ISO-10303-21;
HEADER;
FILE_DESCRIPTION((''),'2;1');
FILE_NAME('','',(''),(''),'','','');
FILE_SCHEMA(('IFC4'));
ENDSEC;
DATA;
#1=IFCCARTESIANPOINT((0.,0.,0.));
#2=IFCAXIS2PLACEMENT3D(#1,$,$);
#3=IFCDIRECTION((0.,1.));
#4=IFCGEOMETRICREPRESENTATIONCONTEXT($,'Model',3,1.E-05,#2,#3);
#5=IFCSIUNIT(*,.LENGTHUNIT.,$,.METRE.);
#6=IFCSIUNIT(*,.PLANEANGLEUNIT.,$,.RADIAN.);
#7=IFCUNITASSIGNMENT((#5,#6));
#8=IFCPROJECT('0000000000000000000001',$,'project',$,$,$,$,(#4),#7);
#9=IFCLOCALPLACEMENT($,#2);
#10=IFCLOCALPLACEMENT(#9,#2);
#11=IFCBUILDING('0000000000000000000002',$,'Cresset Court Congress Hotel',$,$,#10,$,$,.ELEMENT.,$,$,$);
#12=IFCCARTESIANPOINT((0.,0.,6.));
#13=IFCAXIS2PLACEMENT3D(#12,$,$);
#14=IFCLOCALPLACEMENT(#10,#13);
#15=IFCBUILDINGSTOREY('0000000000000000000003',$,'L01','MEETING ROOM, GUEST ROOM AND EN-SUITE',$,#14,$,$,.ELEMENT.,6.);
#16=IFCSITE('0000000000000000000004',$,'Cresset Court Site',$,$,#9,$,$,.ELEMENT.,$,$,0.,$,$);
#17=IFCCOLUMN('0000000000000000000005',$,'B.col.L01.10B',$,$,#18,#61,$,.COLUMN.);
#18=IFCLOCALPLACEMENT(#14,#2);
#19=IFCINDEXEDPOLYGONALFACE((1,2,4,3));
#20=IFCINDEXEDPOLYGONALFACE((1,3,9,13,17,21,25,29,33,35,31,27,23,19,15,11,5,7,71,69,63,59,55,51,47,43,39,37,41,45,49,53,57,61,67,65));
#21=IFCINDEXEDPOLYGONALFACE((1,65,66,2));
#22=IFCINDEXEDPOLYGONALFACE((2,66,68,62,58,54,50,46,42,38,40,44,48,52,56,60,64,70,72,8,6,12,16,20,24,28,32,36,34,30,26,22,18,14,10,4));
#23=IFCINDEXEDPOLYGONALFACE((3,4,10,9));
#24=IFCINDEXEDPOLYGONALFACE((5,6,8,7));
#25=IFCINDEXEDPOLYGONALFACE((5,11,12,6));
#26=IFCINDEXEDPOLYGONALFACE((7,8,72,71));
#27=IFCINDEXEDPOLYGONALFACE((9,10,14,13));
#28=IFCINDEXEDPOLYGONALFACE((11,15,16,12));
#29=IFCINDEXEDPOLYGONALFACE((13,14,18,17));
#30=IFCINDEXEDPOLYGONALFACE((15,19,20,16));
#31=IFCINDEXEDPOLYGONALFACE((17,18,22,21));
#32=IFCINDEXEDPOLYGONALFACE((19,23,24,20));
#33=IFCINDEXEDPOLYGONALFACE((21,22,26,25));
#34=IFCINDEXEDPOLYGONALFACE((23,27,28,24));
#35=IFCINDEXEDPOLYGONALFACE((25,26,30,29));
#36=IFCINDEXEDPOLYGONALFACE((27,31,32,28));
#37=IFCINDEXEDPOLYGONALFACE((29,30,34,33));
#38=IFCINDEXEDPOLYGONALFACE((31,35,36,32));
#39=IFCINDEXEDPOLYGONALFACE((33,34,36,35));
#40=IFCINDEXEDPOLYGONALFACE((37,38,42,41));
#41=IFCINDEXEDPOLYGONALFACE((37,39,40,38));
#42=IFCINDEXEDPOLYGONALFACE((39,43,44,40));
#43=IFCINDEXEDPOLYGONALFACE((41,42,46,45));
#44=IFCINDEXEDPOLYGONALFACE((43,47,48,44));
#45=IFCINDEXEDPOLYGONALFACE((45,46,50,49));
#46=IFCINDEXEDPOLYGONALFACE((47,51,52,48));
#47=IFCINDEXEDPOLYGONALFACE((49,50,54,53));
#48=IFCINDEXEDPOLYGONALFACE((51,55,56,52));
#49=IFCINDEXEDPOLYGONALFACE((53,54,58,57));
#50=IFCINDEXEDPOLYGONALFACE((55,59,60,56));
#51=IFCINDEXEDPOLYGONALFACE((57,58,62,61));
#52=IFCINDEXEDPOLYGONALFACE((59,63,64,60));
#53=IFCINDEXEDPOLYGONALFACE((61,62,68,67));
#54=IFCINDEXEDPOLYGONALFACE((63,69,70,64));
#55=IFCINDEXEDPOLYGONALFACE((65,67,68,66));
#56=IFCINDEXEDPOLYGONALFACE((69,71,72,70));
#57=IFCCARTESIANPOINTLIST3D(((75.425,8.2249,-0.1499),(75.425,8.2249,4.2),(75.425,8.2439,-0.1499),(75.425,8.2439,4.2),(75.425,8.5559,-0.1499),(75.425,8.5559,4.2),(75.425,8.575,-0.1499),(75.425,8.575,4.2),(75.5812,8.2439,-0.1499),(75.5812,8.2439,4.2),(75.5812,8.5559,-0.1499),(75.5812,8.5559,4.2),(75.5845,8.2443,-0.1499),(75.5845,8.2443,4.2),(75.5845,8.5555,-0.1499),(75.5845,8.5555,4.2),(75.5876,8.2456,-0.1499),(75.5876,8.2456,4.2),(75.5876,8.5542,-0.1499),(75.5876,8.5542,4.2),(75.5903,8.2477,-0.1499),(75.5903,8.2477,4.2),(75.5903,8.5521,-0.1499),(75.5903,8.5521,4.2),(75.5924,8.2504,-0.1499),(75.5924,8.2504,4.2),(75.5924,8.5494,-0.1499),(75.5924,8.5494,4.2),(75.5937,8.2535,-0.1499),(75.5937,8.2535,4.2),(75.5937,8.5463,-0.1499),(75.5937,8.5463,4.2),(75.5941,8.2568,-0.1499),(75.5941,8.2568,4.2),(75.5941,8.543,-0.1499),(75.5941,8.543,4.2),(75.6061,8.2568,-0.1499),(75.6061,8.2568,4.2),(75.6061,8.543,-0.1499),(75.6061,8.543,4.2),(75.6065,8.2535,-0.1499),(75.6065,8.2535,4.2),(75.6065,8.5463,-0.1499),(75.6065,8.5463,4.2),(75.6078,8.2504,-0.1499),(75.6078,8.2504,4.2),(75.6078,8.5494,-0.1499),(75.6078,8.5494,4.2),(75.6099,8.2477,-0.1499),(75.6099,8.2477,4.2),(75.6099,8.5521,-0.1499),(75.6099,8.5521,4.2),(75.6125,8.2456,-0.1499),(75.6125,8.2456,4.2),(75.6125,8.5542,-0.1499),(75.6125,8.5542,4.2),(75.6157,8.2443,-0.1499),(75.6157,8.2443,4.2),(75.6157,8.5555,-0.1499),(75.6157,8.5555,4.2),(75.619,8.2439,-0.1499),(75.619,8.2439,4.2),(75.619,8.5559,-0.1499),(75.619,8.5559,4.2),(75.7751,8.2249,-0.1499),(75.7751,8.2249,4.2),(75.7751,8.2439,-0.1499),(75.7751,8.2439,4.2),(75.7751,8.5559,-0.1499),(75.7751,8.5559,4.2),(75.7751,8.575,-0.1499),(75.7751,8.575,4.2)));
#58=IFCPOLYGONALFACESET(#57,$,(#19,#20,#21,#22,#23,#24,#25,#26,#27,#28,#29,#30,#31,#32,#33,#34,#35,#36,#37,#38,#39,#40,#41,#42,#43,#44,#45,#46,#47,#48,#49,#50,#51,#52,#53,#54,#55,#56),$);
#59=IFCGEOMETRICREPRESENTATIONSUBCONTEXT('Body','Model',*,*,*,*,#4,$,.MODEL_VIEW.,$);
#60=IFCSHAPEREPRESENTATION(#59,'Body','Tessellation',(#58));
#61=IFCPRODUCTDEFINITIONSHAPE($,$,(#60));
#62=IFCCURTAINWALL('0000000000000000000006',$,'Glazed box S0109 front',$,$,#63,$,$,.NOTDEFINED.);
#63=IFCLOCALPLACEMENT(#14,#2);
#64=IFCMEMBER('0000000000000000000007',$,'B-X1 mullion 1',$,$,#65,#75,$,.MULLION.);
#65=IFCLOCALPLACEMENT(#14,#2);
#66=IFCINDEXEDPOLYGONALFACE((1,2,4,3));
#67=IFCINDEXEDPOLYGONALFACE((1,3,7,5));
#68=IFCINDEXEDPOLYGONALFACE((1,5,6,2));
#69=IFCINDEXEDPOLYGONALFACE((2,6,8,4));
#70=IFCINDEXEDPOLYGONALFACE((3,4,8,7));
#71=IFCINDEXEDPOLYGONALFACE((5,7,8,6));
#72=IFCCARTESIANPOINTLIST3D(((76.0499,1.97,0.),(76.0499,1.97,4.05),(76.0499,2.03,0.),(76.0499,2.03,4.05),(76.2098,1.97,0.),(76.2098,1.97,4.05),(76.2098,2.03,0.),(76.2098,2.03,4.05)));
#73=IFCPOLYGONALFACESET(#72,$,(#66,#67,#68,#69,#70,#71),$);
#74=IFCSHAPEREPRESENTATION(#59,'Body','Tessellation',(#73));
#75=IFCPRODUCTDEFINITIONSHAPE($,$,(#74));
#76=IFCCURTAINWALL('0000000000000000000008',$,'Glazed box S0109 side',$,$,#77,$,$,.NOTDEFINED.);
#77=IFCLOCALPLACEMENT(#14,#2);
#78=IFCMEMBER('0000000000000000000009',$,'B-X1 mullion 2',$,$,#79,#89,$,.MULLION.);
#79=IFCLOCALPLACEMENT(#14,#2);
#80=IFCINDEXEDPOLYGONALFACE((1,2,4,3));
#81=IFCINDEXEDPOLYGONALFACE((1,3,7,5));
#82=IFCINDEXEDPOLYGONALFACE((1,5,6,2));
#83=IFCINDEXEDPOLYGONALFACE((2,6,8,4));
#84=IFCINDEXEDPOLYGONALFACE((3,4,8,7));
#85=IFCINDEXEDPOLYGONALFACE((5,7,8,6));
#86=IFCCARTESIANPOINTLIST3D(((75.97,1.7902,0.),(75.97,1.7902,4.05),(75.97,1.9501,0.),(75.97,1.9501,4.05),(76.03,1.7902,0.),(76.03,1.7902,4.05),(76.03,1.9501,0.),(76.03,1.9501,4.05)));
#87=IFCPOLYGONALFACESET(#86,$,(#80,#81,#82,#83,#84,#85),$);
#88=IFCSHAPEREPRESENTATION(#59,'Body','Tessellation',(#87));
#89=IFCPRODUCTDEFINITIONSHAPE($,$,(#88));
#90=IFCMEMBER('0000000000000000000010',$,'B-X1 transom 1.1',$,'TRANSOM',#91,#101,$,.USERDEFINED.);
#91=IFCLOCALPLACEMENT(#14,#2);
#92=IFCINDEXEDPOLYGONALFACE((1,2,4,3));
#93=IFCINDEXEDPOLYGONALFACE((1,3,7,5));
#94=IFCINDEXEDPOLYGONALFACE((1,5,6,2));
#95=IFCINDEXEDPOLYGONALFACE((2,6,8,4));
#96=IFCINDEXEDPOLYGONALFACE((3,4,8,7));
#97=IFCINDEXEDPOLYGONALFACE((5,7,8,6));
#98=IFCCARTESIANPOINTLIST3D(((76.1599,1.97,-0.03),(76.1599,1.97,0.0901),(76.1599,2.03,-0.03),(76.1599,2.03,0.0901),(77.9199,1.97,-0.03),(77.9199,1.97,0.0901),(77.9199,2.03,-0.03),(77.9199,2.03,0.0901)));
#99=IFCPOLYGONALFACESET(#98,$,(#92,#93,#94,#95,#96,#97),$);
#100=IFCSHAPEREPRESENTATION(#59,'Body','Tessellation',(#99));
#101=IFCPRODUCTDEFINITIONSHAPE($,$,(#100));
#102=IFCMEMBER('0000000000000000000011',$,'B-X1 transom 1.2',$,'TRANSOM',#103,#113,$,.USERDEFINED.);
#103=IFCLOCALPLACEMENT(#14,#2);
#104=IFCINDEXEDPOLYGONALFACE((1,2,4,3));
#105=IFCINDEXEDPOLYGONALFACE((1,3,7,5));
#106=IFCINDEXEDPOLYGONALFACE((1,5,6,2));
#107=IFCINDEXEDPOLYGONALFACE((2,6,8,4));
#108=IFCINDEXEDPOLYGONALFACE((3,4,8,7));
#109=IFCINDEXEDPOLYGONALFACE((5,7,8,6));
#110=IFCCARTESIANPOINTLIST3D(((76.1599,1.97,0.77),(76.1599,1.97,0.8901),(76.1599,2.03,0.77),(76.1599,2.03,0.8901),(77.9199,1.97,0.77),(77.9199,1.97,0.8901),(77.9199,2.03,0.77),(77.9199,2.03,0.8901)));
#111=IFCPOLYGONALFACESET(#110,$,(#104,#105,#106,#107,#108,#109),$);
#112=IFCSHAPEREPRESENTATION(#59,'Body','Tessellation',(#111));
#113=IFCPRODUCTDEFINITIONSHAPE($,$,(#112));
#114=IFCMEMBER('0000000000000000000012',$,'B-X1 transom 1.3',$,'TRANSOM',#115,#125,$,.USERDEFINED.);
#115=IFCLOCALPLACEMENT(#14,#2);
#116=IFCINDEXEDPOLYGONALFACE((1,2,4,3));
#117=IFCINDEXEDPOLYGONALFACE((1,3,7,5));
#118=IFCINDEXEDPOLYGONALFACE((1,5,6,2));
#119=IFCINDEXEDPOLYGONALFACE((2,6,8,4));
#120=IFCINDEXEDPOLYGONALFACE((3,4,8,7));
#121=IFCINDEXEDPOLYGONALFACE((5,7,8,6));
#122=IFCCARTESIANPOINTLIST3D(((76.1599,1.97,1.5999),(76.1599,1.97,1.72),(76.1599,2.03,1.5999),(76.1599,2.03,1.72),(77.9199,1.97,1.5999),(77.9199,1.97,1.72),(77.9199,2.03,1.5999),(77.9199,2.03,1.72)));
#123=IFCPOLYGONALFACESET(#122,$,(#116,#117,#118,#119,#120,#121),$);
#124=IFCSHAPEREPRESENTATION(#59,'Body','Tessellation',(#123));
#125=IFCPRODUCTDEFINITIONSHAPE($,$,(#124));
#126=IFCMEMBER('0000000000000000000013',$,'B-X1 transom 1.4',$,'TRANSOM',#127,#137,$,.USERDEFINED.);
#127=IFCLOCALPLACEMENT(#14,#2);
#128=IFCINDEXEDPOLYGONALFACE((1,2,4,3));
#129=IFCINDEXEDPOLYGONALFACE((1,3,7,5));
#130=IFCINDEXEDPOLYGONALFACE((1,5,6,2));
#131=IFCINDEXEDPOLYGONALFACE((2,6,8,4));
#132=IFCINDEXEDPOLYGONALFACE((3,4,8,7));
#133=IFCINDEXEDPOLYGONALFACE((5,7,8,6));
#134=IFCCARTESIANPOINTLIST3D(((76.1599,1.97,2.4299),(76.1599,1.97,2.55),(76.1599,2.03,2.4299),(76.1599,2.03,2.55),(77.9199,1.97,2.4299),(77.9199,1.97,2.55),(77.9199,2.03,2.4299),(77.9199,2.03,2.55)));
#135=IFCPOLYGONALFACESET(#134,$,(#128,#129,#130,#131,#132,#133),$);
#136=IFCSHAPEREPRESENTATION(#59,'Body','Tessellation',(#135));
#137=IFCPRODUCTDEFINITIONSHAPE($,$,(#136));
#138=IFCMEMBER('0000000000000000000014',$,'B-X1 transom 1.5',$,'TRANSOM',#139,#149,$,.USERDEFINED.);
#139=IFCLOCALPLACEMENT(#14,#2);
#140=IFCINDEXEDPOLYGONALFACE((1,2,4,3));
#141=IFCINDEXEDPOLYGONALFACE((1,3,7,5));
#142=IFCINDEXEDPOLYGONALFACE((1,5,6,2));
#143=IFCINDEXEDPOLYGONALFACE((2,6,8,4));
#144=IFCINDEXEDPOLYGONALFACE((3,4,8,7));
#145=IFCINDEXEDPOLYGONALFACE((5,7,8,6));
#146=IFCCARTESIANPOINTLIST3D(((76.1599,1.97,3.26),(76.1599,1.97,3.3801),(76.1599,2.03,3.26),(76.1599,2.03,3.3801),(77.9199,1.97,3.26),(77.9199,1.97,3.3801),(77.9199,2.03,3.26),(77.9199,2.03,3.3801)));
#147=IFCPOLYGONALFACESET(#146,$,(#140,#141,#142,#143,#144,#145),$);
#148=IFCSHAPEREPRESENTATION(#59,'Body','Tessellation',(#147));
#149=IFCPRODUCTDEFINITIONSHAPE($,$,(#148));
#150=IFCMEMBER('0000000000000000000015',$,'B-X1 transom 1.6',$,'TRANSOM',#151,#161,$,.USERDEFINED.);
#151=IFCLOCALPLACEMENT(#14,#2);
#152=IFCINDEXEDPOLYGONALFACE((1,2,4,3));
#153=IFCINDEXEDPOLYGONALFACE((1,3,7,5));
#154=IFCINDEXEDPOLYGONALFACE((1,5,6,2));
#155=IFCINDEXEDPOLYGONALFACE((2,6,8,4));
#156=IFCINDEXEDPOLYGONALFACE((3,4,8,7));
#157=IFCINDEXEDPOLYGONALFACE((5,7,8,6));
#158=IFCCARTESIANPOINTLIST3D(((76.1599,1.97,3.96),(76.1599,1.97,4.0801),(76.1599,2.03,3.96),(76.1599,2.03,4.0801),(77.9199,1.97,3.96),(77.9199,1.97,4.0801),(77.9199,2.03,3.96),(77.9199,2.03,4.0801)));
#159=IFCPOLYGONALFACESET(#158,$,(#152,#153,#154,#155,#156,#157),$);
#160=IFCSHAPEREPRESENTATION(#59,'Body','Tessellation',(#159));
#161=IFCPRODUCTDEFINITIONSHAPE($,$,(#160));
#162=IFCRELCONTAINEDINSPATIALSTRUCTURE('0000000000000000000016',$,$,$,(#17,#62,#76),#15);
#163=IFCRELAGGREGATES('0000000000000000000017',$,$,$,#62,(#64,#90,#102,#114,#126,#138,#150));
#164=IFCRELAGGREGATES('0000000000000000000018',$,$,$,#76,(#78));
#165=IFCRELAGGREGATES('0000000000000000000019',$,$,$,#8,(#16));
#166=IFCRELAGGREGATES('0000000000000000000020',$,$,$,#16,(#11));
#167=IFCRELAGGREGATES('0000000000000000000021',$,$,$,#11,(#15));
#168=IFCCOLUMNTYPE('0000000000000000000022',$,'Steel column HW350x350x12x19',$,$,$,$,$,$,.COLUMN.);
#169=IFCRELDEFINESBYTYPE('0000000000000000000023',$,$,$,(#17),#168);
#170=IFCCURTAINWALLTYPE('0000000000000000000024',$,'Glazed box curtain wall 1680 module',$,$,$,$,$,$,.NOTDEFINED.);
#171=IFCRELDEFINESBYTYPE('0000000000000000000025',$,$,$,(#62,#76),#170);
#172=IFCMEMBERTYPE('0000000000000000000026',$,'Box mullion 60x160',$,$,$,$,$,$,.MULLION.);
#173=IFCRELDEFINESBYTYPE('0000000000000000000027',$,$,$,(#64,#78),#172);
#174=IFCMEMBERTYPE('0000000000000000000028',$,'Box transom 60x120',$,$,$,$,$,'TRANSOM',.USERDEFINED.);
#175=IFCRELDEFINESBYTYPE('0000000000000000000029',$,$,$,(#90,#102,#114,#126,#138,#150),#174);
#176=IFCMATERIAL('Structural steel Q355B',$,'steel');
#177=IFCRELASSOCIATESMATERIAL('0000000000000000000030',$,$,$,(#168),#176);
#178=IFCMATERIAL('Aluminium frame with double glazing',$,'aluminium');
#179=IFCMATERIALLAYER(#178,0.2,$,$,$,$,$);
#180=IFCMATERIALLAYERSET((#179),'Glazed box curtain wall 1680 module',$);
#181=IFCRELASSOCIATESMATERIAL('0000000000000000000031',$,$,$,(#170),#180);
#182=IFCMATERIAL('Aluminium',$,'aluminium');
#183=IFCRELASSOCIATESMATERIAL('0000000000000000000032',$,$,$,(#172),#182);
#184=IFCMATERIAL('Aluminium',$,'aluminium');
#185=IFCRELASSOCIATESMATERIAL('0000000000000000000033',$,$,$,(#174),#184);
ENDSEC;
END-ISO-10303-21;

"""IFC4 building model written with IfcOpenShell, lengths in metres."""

from ifc_helpers import new_model, si_unit, direction, frame, origin, origin_2d, place, context, subcontext, project, spatial, rectangle, i_section, extrude, material, layer, layer_set, material_profile, profile_set, type_object, element, aggregate, save


model = new_model("IFC4")

# Units and contexts
model_context = context("Model", 3, precision=1e-05, world=origin(), true_north=direction((0.0, 1.0)))
body_context = subcontext(model_context, "Body", "Model", "MODEL_VIEW")
ifc_project = project(units=[si_unit("LENGTHUNIT", "METRE"), si_unit("PLANEANGLEUNIT", "RADIAN")], contexts=[model_context])

# Site, building, storey
site_placement = place(None, origin())
site = spatial("IfcSite", under=ifc_project, at=site_placement, Name="Cresset Court Site", CompositionType="ELEMENT", RefElevation=0.0)
building_placement = place(site_placement, origin())
building = spatial("IfcBuilding", under=site, at=building_placement, Name="Cresset Court Congress Hotel", CompositionType="ELEMENT")
storey_placement = place(building_placement, frame((0.0, 0.0, 6.0)))
storey = spatial("IfcBuildingStorey", under=building, at=storey_placement, Name="L01", Description="MEETING ROOM, GUEST ROOM AND EN-SUITE", CompositionType="ELEMENT", Elevation=6.0)

# Column
ifc_material_1 = material(Name="Structural steel Q355B", Category="steel")
ifc_material_profile_1 = material_profile(ifc_material_1, i_section(OverallWidth=0.3501, OverallDepth=0.3501, WebThickness=0.012, FlangeThickness=0.019, FilletRadius=0.0129, at=origin_2d()), Name="HW350x350x12x19")
ifc_profile_set_1 = profile_set([ifc_material_profile_1], Name="Structural steel Q355B")
column_type = type_object("IfcColumnType", Name="Steel column HW350x350x12x19", PredefinedType="COLUMN", material=ifc_profile_set_1)
column_placement = place(storey_placement, frame((75.6001, 8.3999, -0.1499), z_axis=(0.0, 0.0, 1.0), x_axis=(1.0, 0.0, 0.0)))
element("IfcColumn", 1, at=column_placement, inside=storey, type_object=column_type, Name="B.col.L01.10B", PredefinedType="COLUMN", context=body_context, shape_type="SweptSolid", body=[
    extrude(i_section(OverallWidth=0.3501, OverallDepth=0.3501, WebThickness=0.012, FlangeThickness=0.019, FilletRadius=0.0129, at=origin_2d()), origin(), (0.0, 0.0, 1.0), 4.3499),
])

# Curtain walls, members
ifc_material_2 = material(Name="Aluminium frame with double glazing", Category="aluminium")
ifc_layer_1 = layer(ifc_material_2, 0.2)
ifc_layer_set_1 = layer_set([ifc_layer_1], Name="Glazed box curtain wall 1680 module")
curtain_wall_type = type_object("IfcCurtainWallType", Name="Glazed box curtain wall 1680 module", PredefinedType="NOTDEFINED", material=ifc_layer_set_1)
curtain_wall_1_placement = place(storey_placement, origin())
curtain_wall_1 = element("IfcCurtainWall", 2, at=curtain_wall_1_placement, inside=storey, type_object=curtain_wall_type, Name="Glazed box S0109 front", PredefinedType="NOTDEFINED")
ifc_material_3 = material(Name="Aluminium", Category="aluminium")
ifc_material_profile_2 = material_profile(ifc_material_3, rectangle(XDim=0.0601, YDim=0.1599, at=origin_2d()), Name="Box mullion 60x160")
ifc_profile_set_2 = profile_set([ifc_material_profile_2], Name="Aluminium")
member_type_1 = type_object("IfcMemberType", Name="Box mullion 60x160", PredefinedType="MULLION", material=ifc_profile_set_2)
member_1_placement = place(storey_placement, frame((76.1299, 2.0, 0.0), z_axis=(0.0, 0.0, 1.0), x_axis=(0.0, 1.0, 0.0)))
member_1 = element("IfcMember", 3, at=member_1_placement, type_object=member_type_1, Name="B-X1 mullion 1", PredefinedType="MULLION", context=body_context, shape_type="SweptSolid", body=[
    extrude(rectangle(XDim=0.0601, YDim=0.1599, at=origin_2d()), origin(), (0.0, 0.0, 1.0), 4.05),
])
curtain_wall_2_placement = place(storey_placement, origin())
curtain_wall_2 = element("IfcCurtainWall", 4, at=curtain_wall_2_placement, inside=storey, type_object=curtain_wall_type, Name="Glazed box S0109 side", PredefinedType="NOTDEFINED")
member_2_placement = place(storey_placement, frame((76.0, 1.8701, 0.0), z_axis=(0.0, 0.0, 1.0), x_axis=(-1.0, 0.0, 0.0)))
member_2 = element("IfcMember", 5, at=member_2_placement, type_object=member_type_1, Name="B-X1 mullion 2", PredefinedType="MULLION", context=body_context, shape_type="SweptSolid", body=[
    extrude(rectangle(XDim=0.0601, YDim=0.1599, at=origin_2d()), origin(), (0.0, 0.0, 1.0), 4.05),
])

# Members
ifc_material_4 = material(Name="Aluminium", Category="aluminium")
ifc_material_profile_3 = material_profile(ifc_material_4, rectangle(XDim=0.0601, YDim=0.1201, at=origin_2d()), Name="Box transom 60x120")
ifc_profile_set_3 = profile_set([ifc_material_profile_3], Name="Aluminium")
member_type_2 = type_object("IfcMemberType", Name="Box transom 60x120", ElementType="TRANSOM", PredefinedType="USERDEFINED", material=ifc_profile_set_3)
member_3_placement = place(storey_placement, frame((76.1599, 2.0, 0.03), z_axis=(1.0, 0.0, 0.0), x_axis=(0.0, 1.0, 0.0)))
member_3 = element("IfcMember", 6, at=member_3_placement, type_object=member_type_2, Name="B-X1 transom 1.1", ObjectType="TRANSOM", PredefinedType="USERDEFINED", context=body_context, shape_type="SweptSolid", body=[
    extrude(rectangle(XDim=0.0601, YDim=0.1201, at=origin_2d()), origin(), (0.0, 0.0, 1.0), 1.76),
])
member_4_placement = place(storey_placement, frame((76.1599, 2.0, 0.8301), z_axis=(1.0, 0.0, 0.0), x_axis=(0.0, 1.0, 0.0)))
member_4 = element("IfcMember", 7, at=member_4_placement, type_object=member_type_2, Name="B-X1 transom 1.2", ObjectType="TRANSOM", PredefinedType="USERDEFINED", context=body_context, shape_type="SweptSolid", body=[
    extrude(rectangle(XDim=0.0601, YDim=0.1201, at=origin_2d()), origin(), (0.0, 0.0, 1.0), 1.76),
])
member_5_placement = place(storey_placement, frame((76.1599, 2.0, 1.6599), z_axis=(1.0, 0.0, 0.0), x_axis=(0.0, 1.0, 0.0)))
member_5 = element("IfcMember", 8, at=member_5_placement, type_object=member_type_2, Name="B-X1 transom 1.3", ObjectType="TRANSOM", PredefinedType="USERDEFINED", context=body_context, shape_type="SweptSolid", body=[
    extrude(rectangle(XDim=0.0601, YDim=0.1201, at=origin_2d()), origin(), (0.0, 0.0, 1.0), 1.76),
])
member_6_placement = place(storey_placement, frame((76.1599, 2.0, 2.49), z_axis=(1.0, 0.0, 0.0), x_axis=(0.0, 1.0, 0.0)))
member_6 = element("IfcMember", 9, at=member_6_placement, type_object=member_type_2, Name="B-X1 transom 1.4", ObjectType="TRANSOM", PredefinedType="USERDEFINED", context=body_context, shape_type="SweptSolid", body=[
    extrude(rectangle(XDim=0.0601, YDim=0.1201, at=origin_2d()), origin(), (0.0, 0.0, 1.0), 1.76),
])
member_7_placement = place(storey_placement, frame((76.1599, 2.0, 3.3201), z_axis=(1.0, 0.0, 0.0), x_axis=(0.0, 1.0, 0.0)))
member_7 = element("IfcMember", 10, at=member_7_placement, type_object=member_type_2, Name="B-X1 transom 1.5", ObjectType="TRANSOM", PredefinedType="USERDEFINED", context=body_context, shape_type="SweptSolid", body=[
    extrude(rectangle(XDim=0.0601, YDim=0.1201, at=origin_2d()), origin(), (0.0, 0.0, 1.0), 1.76),
])
member_8_placement = place(storey_placement, frame((76.1599, 2.0, 4.02), z_axis=(1.0, 0.0, 0.0), x_axis=(0.0, 1.0, 0.0)))
member_8 = element("IfcMember", 11, at=member_8_placement, type_object=member_type_2, Name="B-X1 transom 1.6", ObjectType="TRANSOM", PredefinedType="USERDEFINED", context=body_context, shape_type="SweptSolid", body=[
    extrude(rectangle(XDim=0.0601, YDim=0.1201, at=origin_2d()), origin(), (0.0, 0.0, 1.0), 1.76),
])

aggregate(curtain_wall_1, [member_1, member_3, member_4, member_5, member_6, member_7, member_8])
aggregate(curtain_wall_2, [member_2])

save(model, "model.ifc")
